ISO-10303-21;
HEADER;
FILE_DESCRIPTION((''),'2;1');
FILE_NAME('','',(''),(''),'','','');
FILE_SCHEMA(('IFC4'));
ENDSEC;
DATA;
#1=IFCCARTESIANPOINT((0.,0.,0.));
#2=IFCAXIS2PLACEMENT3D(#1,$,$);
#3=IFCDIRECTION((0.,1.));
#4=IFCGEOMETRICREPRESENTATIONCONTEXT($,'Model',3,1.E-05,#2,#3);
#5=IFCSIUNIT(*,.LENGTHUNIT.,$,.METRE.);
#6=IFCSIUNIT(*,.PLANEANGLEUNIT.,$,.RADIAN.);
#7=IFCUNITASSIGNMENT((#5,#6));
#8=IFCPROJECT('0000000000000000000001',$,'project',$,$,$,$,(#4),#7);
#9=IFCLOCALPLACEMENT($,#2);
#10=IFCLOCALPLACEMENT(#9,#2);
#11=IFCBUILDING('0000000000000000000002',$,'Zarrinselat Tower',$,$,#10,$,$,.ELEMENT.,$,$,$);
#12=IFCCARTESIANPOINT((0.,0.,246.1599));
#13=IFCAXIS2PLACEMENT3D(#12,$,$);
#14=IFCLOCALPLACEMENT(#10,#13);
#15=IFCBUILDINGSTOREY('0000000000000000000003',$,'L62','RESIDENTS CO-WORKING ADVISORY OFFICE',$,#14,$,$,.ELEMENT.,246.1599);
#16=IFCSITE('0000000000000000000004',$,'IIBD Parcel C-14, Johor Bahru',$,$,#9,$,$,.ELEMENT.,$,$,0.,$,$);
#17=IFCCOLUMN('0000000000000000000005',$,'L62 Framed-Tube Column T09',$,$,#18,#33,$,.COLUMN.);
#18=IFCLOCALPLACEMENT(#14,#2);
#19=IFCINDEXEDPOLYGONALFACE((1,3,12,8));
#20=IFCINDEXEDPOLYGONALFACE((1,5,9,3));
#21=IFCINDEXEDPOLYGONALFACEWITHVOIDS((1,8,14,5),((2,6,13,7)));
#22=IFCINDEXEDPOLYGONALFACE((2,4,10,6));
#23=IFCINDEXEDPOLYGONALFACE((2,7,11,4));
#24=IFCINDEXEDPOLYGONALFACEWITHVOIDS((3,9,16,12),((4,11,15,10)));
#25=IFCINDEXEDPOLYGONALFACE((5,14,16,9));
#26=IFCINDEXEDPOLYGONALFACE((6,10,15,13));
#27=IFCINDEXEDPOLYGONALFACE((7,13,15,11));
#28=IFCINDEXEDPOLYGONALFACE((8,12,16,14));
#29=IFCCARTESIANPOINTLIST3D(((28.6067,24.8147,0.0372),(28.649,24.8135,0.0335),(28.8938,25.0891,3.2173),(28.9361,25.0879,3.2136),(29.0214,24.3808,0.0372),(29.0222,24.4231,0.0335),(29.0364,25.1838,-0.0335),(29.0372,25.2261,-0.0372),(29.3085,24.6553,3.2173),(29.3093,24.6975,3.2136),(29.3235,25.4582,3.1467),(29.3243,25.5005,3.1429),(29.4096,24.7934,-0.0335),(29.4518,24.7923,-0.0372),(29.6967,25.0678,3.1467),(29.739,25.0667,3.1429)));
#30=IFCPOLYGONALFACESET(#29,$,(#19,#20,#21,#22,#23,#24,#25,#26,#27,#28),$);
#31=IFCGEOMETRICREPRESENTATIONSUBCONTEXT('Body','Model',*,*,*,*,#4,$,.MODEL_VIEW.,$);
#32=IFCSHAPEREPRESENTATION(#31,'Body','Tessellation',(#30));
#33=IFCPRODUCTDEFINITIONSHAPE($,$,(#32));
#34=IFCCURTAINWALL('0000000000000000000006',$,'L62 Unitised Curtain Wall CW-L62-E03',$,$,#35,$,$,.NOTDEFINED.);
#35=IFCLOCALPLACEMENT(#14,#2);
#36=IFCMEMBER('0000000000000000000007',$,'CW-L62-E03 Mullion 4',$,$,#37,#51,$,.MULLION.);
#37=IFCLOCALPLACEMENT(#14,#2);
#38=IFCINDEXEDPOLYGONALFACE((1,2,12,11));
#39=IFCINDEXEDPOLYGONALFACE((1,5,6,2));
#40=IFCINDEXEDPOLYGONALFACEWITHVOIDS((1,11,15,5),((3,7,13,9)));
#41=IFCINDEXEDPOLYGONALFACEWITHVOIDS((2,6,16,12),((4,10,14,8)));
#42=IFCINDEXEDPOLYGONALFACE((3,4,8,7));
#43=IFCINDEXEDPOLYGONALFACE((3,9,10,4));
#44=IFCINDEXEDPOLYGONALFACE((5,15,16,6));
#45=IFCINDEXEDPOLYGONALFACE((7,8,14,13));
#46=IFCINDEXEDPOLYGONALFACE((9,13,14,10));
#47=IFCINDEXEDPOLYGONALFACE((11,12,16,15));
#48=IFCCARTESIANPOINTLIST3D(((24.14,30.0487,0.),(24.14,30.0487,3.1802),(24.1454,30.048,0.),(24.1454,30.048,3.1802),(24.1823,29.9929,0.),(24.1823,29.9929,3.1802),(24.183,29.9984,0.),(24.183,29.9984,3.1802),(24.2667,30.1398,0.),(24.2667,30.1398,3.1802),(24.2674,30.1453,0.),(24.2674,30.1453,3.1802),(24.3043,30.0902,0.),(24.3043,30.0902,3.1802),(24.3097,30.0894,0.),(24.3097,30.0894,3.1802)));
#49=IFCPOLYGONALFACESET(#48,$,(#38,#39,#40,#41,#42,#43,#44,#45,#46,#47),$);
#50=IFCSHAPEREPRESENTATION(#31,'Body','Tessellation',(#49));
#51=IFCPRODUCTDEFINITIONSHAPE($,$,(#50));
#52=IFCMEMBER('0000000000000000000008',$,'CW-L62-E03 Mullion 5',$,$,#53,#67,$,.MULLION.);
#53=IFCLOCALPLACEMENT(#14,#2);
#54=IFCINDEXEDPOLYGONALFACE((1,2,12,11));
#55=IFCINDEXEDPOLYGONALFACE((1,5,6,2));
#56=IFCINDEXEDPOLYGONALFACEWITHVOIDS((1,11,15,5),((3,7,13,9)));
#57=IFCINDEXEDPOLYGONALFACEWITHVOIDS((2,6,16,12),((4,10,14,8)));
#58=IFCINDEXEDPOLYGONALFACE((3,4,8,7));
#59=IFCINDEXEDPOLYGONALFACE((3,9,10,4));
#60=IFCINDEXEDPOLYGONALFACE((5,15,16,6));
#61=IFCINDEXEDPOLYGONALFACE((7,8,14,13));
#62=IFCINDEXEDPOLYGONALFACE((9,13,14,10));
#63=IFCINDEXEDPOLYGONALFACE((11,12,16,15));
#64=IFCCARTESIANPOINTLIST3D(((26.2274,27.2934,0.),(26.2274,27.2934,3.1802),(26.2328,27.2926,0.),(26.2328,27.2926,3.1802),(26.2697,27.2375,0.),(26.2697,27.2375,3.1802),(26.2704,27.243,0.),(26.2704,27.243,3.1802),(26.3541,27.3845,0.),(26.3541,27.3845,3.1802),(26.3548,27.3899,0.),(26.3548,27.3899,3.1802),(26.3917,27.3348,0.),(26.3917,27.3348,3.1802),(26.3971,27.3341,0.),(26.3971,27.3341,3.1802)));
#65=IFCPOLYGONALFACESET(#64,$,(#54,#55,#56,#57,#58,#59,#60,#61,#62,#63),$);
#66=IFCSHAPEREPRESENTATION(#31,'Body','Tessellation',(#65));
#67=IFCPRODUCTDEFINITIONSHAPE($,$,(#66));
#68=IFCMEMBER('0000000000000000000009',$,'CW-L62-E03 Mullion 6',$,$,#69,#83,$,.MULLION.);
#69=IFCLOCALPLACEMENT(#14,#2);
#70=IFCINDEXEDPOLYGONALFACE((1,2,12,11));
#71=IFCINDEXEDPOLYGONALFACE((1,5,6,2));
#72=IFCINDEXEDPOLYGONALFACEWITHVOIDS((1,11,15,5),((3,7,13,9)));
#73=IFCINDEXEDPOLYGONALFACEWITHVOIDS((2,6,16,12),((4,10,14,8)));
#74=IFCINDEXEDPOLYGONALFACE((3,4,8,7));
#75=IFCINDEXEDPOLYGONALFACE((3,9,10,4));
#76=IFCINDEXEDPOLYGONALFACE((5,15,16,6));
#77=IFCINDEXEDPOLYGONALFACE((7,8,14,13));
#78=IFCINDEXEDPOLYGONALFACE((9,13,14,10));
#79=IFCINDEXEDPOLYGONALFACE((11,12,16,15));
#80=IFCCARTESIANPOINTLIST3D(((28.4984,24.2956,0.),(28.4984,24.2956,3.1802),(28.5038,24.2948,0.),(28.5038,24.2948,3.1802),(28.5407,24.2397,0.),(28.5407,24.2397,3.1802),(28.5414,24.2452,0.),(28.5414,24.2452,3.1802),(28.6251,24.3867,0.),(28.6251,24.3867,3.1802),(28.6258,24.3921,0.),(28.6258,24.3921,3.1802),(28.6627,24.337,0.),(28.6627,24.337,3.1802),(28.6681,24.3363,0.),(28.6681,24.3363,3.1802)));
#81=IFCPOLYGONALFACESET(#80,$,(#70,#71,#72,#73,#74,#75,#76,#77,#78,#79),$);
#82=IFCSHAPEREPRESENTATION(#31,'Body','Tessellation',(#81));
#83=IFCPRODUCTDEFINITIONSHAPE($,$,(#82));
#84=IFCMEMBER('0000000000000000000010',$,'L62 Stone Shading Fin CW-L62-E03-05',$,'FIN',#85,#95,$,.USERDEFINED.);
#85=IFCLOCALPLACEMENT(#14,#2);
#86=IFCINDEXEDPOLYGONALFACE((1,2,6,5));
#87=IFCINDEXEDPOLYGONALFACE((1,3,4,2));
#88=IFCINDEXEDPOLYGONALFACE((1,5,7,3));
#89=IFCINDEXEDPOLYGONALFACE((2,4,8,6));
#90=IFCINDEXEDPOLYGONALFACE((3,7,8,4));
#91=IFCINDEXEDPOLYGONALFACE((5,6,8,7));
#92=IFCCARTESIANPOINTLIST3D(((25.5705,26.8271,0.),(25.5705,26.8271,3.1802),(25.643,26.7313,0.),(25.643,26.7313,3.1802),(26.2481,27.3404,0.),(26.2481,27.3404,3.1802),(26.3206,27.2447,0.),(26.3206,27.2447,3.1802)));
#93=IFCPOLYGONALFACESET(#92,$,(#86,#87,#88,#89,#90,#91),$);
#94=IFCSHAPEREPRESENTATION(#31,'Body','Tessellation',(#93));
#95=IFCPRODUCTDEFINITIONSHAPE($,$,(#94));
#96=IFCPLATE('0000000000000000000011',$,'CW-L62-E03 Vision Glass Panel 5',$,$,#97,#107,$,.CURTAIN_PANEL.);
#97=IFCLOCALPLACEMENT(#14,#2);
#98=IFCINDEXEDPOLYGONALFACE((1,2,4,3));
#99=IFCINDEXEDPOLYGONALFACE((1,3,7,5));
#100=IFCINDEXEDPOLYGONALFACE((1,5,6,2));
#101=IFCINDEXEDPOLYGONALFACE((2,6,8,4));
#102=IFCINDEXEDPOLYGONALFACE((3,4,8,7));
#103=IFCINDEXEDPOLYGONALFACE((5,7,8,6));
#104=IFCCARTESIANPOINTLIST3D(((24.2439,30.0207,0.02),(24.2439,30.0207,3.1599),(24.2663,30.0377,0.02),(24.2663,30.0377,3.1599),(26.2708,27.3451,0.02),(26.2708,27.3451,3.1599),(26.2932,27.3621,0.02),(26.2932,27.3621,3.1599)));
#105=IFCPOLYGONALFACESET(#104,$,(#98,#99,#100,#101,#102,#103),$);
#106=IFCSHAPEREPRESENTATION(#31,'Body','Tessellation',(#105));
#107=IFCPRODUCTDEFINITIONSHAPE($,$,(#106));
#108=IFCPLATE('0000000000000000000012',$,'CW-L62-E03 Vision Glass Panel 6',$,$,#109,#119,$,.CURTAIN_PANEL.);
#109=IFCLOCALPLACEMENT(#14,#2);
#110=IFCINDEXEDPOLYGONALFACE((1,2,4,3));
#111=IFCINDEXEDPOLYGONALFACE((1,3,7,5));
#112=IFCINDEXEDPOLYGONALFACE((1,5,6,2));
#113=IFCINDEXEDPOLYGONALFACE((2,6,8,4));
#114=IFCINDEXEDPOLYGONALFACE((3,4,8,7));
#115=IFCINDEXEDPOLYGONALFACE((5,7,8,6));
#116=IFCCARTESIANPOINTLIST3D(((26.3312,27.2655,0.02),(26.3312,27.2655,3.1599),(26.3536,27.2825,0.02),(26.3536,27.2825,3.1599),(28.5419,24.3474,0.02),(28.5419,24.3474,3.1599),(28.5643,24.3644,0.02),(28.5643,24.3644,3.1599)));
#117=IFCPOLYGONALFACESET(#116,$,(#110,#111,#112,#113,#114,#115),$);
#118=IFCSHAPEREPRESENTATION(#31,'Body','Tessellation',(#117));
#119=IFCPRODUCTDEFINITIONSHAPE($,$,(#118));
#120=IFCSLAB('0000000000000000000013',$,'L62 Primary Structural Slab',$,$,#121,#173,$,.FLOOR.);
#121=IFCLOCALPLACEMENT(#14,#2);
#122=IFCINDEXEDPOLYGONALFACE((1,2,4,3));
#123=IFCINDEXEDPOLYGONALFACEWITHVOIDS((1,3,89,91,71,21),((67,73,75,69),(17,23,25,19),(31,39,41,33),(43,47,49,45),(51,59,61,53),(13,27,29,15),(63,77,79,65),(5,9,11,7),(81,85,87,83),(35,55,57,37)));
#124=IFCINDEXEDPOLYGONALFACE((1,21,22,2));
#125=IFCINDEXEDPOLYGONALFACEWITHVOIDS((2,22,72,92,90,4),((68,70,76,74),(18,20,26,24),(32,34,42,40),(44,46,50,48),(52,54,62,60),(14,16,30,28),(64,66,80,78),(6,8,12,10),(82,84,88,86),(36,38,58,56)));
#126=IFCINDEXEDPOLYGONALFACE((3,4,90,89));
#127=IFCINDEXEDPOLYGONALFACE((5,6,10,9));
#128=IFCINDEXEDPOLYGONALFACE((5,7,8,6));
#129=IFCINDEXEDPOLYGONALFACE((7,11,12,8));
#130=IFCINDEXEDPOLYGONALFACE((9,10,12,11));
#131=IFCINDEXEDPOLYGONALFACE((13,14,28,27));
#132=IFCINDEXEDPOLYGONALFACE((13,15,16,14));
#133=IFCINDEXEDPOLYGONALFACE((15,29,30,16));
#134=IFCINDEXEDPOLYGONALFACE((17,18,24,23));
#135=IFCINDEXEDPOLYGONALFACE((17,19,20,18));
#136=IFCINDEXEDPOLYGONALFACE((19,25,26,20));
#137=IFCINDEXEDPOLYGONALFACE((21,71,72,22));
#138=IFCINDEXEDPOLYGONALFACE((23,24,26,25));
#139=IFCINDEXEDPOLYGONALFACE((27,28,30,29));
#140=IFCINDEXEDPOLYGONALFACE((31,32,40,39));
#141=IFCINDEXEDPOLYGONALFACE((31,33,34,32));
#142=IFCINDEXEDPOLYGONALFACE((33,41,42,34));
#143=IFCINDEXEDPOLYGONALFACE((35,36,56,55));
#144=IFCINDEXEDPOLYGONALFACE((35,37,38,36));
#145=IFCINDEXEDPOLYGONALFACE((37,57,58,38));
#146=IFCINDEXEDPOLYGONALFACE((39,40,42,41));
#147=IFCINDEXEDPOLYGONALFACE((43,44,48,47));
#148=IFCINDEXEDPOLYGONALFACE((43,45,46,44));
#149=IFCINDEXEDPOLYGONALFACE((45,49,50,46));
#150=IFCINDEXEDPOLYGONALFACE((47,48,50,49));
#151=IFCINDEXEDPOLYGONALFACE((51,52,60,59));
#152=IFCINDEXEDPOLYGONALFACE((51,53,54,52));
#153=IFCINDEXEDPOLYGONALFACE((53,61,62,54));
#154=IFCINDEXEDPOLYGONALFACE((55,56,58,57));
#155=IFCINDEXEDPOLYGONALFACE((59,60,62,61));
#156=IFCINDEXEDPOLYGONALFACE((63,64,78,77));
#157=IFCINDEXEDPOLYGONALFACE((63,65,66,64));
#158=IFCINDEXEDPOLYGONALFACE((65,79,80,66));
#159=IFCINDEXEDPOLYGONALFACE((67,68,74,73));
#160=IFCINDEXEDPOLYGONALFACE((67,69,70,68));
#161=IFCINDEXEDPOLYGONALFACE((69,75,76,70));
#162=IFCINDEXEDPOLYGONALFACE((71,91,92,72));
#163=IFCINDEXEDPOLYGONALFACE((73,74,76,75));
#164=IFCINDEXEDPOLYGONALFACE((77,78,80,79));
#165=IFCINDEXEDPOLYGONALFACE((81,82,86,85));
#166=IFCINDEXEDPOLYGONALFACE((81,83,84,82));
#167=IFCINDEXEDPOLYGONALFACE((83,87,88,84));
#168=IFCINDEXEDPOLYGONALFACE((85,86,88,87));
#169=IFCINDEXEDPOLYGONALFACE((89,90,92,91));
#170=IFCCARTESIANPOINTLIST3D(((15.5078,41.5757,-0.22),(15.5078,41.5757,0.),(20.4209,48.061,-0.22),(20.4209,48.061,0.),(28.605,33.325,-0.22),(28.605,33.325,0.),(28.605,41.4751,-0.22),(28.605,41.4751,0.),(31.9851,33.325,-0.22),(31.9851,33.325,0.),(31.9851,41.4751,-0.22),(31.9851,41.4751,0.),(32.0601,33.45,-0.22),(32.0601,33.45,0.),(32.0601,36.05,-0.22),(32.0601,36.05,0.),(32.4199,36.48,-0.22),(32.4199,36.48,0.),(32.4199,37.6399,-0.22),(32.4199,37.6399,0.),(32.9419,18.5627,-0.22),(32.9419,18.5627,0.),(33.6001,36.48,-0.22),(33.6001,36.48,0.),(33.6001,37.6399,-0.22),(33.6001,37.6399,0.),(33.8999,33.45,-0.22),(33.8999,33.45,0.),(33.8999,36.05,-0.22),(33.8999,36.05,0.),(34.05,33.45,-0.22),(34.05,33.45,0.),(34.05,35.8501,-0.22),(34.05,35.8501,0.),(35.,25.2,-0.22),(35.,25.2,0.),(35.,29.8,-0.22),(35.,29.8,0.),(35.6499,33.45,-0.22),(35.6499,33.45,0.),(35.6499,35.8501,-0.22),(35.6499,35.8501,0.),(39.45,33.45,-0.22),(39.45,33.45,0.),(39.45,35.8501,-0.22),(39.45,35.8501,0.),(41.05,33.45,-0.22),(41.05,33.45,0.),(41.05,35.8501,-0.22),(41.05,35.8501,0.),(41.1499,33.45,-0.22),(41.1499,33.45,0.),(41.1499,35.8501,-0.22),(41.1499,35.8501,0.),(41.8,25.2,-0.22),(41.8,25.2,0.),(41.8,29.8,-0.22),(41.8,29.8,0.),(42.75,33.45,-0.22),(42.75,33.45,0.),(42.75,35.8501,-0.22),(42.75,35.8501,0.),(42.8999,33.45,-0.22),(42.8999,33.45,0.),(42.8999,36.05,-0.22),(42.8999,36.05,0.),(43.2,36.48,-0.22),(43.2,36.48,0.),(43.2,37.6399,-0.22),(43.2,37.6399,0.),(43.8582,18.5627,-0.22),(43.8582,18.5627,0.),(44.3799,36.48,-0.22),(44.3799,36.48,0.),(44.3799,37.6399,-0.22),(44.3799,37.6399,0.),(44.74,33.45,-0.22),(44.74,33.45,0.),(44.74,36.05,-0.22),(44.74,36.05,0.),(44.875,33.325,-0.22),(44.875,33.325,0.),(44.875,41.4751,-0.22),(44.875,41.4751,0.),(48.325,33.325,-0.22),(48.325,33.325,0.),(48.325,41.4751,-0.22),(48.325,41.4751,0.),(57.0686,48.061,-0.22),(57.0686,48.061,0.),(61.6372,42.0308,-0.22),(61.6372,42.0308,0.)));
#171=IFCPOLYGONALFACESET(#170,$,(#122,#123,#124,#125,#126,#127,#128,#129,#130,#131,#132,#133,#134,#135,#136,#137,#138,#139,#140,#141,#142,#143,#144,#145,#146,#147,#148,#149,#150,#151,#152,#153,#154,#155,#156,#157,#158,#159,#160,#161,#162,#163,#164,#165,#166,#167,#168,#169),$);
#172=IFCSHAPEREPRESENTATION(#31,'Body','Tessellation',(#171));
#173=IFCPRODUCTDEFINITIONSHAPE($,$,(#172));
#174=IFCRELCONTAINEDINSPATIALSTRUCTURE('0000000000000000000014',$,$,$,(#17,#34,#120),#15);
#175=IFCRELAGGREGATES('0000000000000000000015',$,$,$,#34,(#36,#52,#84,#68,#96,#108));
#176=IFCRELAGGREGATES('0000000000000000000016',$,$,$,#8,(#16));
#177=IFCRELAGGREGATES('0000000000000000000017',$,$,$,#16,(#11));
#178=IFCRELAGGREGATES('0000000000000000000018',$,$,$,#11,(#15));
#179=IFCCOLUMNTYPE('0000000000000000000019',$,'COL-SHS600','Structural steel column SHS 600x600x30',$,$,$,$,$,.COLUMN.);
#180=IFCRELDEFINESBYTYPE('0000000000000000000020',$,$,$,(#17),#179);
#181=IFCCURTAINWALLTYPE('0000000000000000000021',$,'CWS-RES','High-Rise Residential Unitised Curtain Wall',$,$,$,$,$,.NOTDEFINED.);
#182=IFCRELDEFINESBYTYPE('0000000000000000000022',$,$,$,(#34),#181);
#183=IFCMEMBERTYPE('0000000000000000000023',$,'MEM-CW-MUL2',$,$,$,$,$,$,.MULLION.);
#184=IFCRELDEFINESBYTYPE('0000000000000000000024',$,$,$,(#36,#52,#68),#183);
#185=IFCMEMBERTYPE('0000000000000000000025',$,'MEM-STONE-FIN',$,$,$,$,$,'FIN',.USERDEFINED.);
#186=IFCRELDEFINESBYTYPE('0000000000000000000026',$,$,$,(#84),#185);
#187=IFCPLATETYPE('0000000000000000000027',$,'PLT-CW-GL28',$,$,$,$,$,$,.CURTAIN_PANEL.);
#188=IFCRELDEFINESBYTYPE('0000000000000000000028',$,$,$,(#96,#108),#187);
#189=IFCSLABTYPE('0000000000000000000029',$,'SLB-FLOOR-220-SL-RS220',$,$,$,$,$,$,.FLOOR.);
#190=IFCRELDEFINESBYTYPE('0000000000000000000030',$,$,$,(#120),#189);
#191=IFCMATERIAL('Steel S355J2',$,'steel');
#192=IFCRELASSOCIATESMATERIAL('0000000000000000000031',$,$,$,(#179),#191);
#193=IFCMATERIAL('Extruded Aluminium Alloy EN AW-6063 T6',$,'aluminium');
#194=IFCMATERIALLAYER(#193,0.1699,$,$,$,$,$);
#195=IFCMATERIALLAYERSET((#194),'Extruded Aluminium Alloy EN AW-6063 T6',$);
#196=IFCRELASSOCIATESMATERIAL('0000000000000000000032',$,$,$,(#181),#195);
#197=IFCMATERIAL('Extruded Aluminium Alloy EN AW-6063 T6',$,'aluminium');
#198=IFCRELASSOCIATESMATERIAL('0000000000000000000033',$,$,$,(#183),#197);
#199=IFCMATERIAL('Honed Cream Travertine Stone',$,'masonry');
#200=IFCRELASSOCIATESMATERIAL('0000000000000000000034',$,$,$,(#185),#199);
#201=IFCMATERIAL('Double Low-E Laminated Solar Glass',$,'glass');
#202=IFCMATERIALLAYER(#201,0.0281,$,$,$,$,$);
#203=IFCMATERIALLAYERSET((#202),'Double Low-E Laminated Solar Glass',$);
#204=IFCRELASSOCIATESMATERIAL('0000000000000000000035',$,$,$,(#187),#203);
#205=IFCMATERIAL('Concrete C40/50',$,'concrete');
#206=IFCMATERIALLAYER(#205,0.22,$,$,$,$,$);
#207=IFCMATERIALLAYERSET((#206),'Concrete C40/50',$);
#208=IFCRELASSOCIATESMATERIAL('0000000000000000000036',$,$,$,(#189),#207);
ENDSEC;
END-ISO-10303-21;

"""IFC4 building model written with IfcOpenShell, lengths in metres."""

from ifc_helpers import new_model, si_unit, direction, frame, origin, origin_2d, place, context, subcontext, project, spatial, polyline, rectangle, hollow_rectangle, outline, extrude, material, layer, layer_set, material_profile, profile_set, type_object, element, aggregate, save


model = new_model("IFC4")

# Units and contexts
model_context = context("Model", 3, precision=1e-05, world=origin(), true_north=direction((0.0, 1.0)))
body_context = subcontext(model_context, "Body", "Model", "MODEL_VIEW")
ifc_project = project(units=[si_unit("LENGTHUNIT", "METRE"), si_unit("PLANEANGLEUNIT", "RADIAN")], contexts=[model_context])

# Site, building, storey
site_placement = place(None, origin())
site = spatial("IfcSite", under=ifc_project, at=site_placement, Name="IIBD Parcel C-14, Johor Bahru", CompositionType="ELEMENT", RefElevation=0.0)
building_placement = place(site_placement, origin())
building = spatial("IfcBuilding", under=site, at=building_placement, Name="Zarrinselat Tower", CompositionType="ELEMENT")
storey_placement = place(building_placement, frame((0.0, 0.0, 246.1599)))
storey = spatial("IfcBuildingStorey", under=building, at=storey_placement, Name="L62", Description="RESIDENTS CO-WORKING ADVISORY OFFICE", CompositionType="ELEMENT", Elevation=246.1599)

# Column
ifc_material_1 = material(Name="Steel S355J2", Category="steel")
ifc_material_profile_1 = material_profile(ifc_material_1, hollow_rectangle(XDim=0.6001, YDim=0.6001, WallThickness=0.03, at=origin_2d()), Name="SHS 600x600x30")
ifc_profile_set_1 = profile_set([ifc_material_profile_1], Name="Steel S355J2")
column_type = type_object("IfcColumnType", Name="COL-SHS600", Description="Structural steel column SHS 600x600x30", PredefinedType="COLUMN", material=ifc_profile_set_1)
column_placement = place(storey_placement, frame((29.0293, 24.8035, 0.0), z_axis=(0.089585, 0.085624, 0.992292), x_axis=(-0.690943, 0.722909, 0.0)))
element("IfcColumn", 1, at=column_placement, inside=storey, type_object=column_type, Name="L62 Framed-Tube Column T09", PredefinedType="COLUMN", context=body_context, shape_type="SweptSolid", body=[
    extrude(hollow_rectangle(XDim=0.6001, YDim=0.6001, WallThickness=0.03, at=origin_2d()), origin(), (0.0, 0.0, 1.0), 3.2048),
])

# Curtain wall, members, plates
ifc_material_2 = material(Name="Extruded Aluminium Alloy EN AW-6063 T6", Category="aluminium")
ifc_layer_1 = layer(ifc_material_2, 0.1699)
ifc_layer_set_1 = layer_set([ifc_layer_1], Name="Extruded Aluminium Alloy EN AW-6063 T6")
curtain_wall_type = type_object("IfcCurtainWallType", Name="CWS-RES", Description="High-Rise Residential Unitised Curtain Wall", PredefinedType="NOTDEFINED", material=ifc_layer_set_1)
curtain_wall_placement = place(storey_placement, origin())
curtain_wall = element("IfcCurtainWall", 2, at=curtain_wall_placement, inside=storey, type_object=curtain_wall_type, Name="L62 Unitised Curtain Wall CW-L62-E03", PredefinedType="NOTDEFINED")
ifc_material_3 = material(Name="Extruded Aluminium Alloy EN AW-6063 T6", Category="aluminium")
ifc_material_profile_2 = material_profile(ifc_material_3, hollow_rectangle(XDim=0.0701, YDim=0.1599, WallThickness=0.0039, at=origin_2d()), Name="RHS 160x70x4")
ifc_profile_set_2 = profile_set([ifc_material_profile_2], Name="Extruded Aluminium Alloy EN AW-6063 T6")
member_type_1 = type_object("IfcMemberType", Name="MEM-CW-MUL2", PredefinedType="MULLION", material=ifc_profile_set_2)
member_1_placement = place(storey_placement, frame((24.2249, 30.0691, 0.0), z_axis=(0.0, 0.0, 1.0), x_axis=(0.603858, -0.797092, 0.0)))
member_1 = element("IfcMember", 3, at=member_1_placement, type_object=member_type_1, Name="CW-L62-E03 Mullion 4", PredefinedType="MULLION", context=body_context, shape_type="SweptSolid", body=[
    extrude(hollow_rectangle(XDim=0.0701, YDim=0.1599, WallThickness=0.0039, at=origin_2d()), origin(), (0.0, 0.0, 1.0), 3.1802),
])
member_2_placement = place(storey_placement, frame((26.3123, 27.3137, 0.0), z_axis=(0.0, 0.0, 1.0), x_axis=(0.603858, -0.797092, 0.0)))
member_2 = element("IfcMember", 4, at=member_2_placement, type_object=member_type_1, Name="CW-L62-E03 Mullion 5", PredefinedType="MULLION", context=body_context, shape_type="SweptSolid", body=[
    extrude(hollow_rectangle(XDim=0.0701, YDim=0.1599, WallThickness=0.0039, at=origin_2d()), origin(), (0.0, 0.0, 1.0), 3.1802),
])
member_3_placement = place(storey_placement, frame((28.5833, 24.3159, 0.0), z_axis=(0.0, 0.0, 1.0), x_axis=(0.603858, -0.797092, 0.0)))
member_3 = element("IfcMember", 5, at=member_3_placement, type_object=member_type_1, Name="CW-L62-E03 Mullion 6", PredefinedType="MULLION", context=body_context, shape_type="SweptSolid", body=[
    extrude(hollow_rectangle(XDim=0.0701, YDim=0.1599, WallThickness=0.0039, at=origin_2d()), origin(), (0.0, 0.0, 1.0), 3.1802),
])
ifc_material_4 = material(Name="Honed Cream Travertine Stone", Category="masonry")
ifc_material_profile_3 = material_profile(ifc_material_4, rectangle(XDim=0.1201, YDim=0.8501, at=origin_2d()), Name="FIN 850x120")
ifc_profile_set_3 = profile_set([ifc_material_profile_3], Name="Honed Cream Travertine Stone")
member_type_2 = type_object("IfcMemberType", Name="MEM-STONE-FIN", ElementType="FIN", PredefinedType="USERDEFINED", material=ifc_profile_set_3)
member_4_placement = place(storey_placement, frame((25.9456, 27.0359, 0.0), z_axis=(0.0, 0.0, 1.0), x_axis=(-0.603858, 0.797092, 0.0)))
member_4 = element("IfcMember", 6, at=member_4_placement, type_object=member_type_2, Name="L62 Stone Shading Fin CW-L62-E03-05", ObjectType="FIN", PredefinedType="USERDEFINED", context=body_context, shape_type="SweptSolid", body=[
    extrude(rectangle(XDim=0.1201, YDim=0.8501, at=origin_2d()), origin(), (0.0, 0.0, 1.0), 3.1802),
])
ifc_material_5 = material(Name="Double Low-E Laminated Solar Glass", Category="glass")
ifc_layer_2 = layer(ifc_material_5, 0.0281)
ifc_layer_set_2 = layer_set([ifc_layer_2], Name="Double Low-E Laminated Solar Glass")
plate_type = type_object("IfcPlateType", Name="PLT-CW-GL28", PredefinedType="CURTAIN_PANEL", material=ifc_layer_set_2)
plate_1_placement = place(storey_placement, frame((25.2686, 28.6914, 0.02), z_axis=(0.0, 0.0, 1.0), x_axis=(0.603858, -0.797092, 0.0)))
plate_1 = element("IfcPlate", 7, at=plate_1_placement, type_object=plate_type, Name="CW-L62-E03 Vision Glass Panel 5", PredefinedType="CURTAIN_PANEL", context=body_context, shape_type="SweptSolid", body=[
    extrude(rectangle(XDim=3.3567, YDim=0.0281, at=origin_2d()), origin(), (0.0, 0.0, 1.0), 3.1399),
])
plate_2_placement = place(storey_placement, frame((27.4478, 25.8149, 0.02), z_axis=(0.0, 0.0, 1.0), x_axis=(0.603858, -0.797092, 0.0)))
plate_2 = element("IfcPlate", 8, at=plate_2_placement, type_object=plate_type, Name="CW-L62-E03 Vision Glass Panel 6", PredefinedType="CURTAIN_PANEL", context=body_context, shape_type="SweptSolid", body=[
    extrude(rectangle(XDim=3.6609, YDim=0.0281, at=origin_2d()), origin(), (0.0, 0.0, 1.0), 3.1399),
])
aggregate(curtain_wall, [member_1, member_2, member_4, member_3, plate_1, plate_2])

# Slab
ifc_material_6 = material(Name="Concrete C40/50", Category="concrete")
ifc_layer_3 = layer(ifc_material_6, 0.22)
ifc_layer_set_3 = layer_set([ifc_layer_3], Name="Concrete C40/50")
slab_type_1 = type_object("IfcSlabType", Name="SLB-FLOOR-220-SL-RS220", PredefinedType="FLOOR", material=ifc_layer_set_3)
slab_1_placement = place(storey_placement, frame((0.0, 0.0, -0.22)))
element("IfcSlab", 9, at=slab_1_placement, inside=storey, type_object=slab_type_1, Name="L62 Primary Structural Slab", PredefinedType="FLOOR", context=body_context, shape_type="SweptSolid", body=[
    extrude(outline(polyline([(57.0686, 48.061), (20.4209, 48.061), (15.5078, 41.5757), (32.9419, 18.5627), (43.8582, 18.5627), (61.6372, 42.0308), (57.0686, 48.061)]), holes=[polyline([(41.8, 25.2), (35.0, 25.2), (35.0, 29.8), (41.8, 29.8), (41.8, 25.2)]), polyline([(35.6499, 33.45), (34.05, 33.45), (34.05, 35.8501), (35.6499, 35.8501), (35.6499, 33.45)]), polyline([(41.05, 33.45), (39.45, 33.45), (39.45, 35.8501), (41.05, 35.8501), (41.05, 33.45)]), polyline([(41.1499, 33.45), (41.1499, 35.8501), (42.75, 35.8501), (42.75, 33.45), (41.1499, 33.45)]), polyline([(32.0601, 33.45), (32.0601, 36.05), (33.8999, 36.05), (33.8999, 33.45), (32.0601, 33.45)]), polyline([(44.74, 33.45), (42.8999, 33.45), (42.8999, 36.05), (44.74, 36.05), (44.74, 33.45)]), polyline([(33.6001, 36.48), (32.4199, 36.48), (32.4199, 37.6399), (33.6001, 37.6399), (33.6001, 36.48)]), polyline([(44.3799, 36.48), (43.2, 36.48), (43.2, 37.6399), (44.3799, 37.6399), (44.3799, 36.48)]), polyline([(31.9851, 33.325), (28.605, 33.325), (28.605, 41.4751), (31.9851, 41.4751), (31.9851, 33.325)]), polyline([(48.325, 33.325), (44.875, 33.325), (44.875, 41.4751), (48.325, 41.4751), (48.325, 33.325)])]), origin(), (0.0, 0.0, 1.0), 0.22),
])

save(model, "model.ifc")
